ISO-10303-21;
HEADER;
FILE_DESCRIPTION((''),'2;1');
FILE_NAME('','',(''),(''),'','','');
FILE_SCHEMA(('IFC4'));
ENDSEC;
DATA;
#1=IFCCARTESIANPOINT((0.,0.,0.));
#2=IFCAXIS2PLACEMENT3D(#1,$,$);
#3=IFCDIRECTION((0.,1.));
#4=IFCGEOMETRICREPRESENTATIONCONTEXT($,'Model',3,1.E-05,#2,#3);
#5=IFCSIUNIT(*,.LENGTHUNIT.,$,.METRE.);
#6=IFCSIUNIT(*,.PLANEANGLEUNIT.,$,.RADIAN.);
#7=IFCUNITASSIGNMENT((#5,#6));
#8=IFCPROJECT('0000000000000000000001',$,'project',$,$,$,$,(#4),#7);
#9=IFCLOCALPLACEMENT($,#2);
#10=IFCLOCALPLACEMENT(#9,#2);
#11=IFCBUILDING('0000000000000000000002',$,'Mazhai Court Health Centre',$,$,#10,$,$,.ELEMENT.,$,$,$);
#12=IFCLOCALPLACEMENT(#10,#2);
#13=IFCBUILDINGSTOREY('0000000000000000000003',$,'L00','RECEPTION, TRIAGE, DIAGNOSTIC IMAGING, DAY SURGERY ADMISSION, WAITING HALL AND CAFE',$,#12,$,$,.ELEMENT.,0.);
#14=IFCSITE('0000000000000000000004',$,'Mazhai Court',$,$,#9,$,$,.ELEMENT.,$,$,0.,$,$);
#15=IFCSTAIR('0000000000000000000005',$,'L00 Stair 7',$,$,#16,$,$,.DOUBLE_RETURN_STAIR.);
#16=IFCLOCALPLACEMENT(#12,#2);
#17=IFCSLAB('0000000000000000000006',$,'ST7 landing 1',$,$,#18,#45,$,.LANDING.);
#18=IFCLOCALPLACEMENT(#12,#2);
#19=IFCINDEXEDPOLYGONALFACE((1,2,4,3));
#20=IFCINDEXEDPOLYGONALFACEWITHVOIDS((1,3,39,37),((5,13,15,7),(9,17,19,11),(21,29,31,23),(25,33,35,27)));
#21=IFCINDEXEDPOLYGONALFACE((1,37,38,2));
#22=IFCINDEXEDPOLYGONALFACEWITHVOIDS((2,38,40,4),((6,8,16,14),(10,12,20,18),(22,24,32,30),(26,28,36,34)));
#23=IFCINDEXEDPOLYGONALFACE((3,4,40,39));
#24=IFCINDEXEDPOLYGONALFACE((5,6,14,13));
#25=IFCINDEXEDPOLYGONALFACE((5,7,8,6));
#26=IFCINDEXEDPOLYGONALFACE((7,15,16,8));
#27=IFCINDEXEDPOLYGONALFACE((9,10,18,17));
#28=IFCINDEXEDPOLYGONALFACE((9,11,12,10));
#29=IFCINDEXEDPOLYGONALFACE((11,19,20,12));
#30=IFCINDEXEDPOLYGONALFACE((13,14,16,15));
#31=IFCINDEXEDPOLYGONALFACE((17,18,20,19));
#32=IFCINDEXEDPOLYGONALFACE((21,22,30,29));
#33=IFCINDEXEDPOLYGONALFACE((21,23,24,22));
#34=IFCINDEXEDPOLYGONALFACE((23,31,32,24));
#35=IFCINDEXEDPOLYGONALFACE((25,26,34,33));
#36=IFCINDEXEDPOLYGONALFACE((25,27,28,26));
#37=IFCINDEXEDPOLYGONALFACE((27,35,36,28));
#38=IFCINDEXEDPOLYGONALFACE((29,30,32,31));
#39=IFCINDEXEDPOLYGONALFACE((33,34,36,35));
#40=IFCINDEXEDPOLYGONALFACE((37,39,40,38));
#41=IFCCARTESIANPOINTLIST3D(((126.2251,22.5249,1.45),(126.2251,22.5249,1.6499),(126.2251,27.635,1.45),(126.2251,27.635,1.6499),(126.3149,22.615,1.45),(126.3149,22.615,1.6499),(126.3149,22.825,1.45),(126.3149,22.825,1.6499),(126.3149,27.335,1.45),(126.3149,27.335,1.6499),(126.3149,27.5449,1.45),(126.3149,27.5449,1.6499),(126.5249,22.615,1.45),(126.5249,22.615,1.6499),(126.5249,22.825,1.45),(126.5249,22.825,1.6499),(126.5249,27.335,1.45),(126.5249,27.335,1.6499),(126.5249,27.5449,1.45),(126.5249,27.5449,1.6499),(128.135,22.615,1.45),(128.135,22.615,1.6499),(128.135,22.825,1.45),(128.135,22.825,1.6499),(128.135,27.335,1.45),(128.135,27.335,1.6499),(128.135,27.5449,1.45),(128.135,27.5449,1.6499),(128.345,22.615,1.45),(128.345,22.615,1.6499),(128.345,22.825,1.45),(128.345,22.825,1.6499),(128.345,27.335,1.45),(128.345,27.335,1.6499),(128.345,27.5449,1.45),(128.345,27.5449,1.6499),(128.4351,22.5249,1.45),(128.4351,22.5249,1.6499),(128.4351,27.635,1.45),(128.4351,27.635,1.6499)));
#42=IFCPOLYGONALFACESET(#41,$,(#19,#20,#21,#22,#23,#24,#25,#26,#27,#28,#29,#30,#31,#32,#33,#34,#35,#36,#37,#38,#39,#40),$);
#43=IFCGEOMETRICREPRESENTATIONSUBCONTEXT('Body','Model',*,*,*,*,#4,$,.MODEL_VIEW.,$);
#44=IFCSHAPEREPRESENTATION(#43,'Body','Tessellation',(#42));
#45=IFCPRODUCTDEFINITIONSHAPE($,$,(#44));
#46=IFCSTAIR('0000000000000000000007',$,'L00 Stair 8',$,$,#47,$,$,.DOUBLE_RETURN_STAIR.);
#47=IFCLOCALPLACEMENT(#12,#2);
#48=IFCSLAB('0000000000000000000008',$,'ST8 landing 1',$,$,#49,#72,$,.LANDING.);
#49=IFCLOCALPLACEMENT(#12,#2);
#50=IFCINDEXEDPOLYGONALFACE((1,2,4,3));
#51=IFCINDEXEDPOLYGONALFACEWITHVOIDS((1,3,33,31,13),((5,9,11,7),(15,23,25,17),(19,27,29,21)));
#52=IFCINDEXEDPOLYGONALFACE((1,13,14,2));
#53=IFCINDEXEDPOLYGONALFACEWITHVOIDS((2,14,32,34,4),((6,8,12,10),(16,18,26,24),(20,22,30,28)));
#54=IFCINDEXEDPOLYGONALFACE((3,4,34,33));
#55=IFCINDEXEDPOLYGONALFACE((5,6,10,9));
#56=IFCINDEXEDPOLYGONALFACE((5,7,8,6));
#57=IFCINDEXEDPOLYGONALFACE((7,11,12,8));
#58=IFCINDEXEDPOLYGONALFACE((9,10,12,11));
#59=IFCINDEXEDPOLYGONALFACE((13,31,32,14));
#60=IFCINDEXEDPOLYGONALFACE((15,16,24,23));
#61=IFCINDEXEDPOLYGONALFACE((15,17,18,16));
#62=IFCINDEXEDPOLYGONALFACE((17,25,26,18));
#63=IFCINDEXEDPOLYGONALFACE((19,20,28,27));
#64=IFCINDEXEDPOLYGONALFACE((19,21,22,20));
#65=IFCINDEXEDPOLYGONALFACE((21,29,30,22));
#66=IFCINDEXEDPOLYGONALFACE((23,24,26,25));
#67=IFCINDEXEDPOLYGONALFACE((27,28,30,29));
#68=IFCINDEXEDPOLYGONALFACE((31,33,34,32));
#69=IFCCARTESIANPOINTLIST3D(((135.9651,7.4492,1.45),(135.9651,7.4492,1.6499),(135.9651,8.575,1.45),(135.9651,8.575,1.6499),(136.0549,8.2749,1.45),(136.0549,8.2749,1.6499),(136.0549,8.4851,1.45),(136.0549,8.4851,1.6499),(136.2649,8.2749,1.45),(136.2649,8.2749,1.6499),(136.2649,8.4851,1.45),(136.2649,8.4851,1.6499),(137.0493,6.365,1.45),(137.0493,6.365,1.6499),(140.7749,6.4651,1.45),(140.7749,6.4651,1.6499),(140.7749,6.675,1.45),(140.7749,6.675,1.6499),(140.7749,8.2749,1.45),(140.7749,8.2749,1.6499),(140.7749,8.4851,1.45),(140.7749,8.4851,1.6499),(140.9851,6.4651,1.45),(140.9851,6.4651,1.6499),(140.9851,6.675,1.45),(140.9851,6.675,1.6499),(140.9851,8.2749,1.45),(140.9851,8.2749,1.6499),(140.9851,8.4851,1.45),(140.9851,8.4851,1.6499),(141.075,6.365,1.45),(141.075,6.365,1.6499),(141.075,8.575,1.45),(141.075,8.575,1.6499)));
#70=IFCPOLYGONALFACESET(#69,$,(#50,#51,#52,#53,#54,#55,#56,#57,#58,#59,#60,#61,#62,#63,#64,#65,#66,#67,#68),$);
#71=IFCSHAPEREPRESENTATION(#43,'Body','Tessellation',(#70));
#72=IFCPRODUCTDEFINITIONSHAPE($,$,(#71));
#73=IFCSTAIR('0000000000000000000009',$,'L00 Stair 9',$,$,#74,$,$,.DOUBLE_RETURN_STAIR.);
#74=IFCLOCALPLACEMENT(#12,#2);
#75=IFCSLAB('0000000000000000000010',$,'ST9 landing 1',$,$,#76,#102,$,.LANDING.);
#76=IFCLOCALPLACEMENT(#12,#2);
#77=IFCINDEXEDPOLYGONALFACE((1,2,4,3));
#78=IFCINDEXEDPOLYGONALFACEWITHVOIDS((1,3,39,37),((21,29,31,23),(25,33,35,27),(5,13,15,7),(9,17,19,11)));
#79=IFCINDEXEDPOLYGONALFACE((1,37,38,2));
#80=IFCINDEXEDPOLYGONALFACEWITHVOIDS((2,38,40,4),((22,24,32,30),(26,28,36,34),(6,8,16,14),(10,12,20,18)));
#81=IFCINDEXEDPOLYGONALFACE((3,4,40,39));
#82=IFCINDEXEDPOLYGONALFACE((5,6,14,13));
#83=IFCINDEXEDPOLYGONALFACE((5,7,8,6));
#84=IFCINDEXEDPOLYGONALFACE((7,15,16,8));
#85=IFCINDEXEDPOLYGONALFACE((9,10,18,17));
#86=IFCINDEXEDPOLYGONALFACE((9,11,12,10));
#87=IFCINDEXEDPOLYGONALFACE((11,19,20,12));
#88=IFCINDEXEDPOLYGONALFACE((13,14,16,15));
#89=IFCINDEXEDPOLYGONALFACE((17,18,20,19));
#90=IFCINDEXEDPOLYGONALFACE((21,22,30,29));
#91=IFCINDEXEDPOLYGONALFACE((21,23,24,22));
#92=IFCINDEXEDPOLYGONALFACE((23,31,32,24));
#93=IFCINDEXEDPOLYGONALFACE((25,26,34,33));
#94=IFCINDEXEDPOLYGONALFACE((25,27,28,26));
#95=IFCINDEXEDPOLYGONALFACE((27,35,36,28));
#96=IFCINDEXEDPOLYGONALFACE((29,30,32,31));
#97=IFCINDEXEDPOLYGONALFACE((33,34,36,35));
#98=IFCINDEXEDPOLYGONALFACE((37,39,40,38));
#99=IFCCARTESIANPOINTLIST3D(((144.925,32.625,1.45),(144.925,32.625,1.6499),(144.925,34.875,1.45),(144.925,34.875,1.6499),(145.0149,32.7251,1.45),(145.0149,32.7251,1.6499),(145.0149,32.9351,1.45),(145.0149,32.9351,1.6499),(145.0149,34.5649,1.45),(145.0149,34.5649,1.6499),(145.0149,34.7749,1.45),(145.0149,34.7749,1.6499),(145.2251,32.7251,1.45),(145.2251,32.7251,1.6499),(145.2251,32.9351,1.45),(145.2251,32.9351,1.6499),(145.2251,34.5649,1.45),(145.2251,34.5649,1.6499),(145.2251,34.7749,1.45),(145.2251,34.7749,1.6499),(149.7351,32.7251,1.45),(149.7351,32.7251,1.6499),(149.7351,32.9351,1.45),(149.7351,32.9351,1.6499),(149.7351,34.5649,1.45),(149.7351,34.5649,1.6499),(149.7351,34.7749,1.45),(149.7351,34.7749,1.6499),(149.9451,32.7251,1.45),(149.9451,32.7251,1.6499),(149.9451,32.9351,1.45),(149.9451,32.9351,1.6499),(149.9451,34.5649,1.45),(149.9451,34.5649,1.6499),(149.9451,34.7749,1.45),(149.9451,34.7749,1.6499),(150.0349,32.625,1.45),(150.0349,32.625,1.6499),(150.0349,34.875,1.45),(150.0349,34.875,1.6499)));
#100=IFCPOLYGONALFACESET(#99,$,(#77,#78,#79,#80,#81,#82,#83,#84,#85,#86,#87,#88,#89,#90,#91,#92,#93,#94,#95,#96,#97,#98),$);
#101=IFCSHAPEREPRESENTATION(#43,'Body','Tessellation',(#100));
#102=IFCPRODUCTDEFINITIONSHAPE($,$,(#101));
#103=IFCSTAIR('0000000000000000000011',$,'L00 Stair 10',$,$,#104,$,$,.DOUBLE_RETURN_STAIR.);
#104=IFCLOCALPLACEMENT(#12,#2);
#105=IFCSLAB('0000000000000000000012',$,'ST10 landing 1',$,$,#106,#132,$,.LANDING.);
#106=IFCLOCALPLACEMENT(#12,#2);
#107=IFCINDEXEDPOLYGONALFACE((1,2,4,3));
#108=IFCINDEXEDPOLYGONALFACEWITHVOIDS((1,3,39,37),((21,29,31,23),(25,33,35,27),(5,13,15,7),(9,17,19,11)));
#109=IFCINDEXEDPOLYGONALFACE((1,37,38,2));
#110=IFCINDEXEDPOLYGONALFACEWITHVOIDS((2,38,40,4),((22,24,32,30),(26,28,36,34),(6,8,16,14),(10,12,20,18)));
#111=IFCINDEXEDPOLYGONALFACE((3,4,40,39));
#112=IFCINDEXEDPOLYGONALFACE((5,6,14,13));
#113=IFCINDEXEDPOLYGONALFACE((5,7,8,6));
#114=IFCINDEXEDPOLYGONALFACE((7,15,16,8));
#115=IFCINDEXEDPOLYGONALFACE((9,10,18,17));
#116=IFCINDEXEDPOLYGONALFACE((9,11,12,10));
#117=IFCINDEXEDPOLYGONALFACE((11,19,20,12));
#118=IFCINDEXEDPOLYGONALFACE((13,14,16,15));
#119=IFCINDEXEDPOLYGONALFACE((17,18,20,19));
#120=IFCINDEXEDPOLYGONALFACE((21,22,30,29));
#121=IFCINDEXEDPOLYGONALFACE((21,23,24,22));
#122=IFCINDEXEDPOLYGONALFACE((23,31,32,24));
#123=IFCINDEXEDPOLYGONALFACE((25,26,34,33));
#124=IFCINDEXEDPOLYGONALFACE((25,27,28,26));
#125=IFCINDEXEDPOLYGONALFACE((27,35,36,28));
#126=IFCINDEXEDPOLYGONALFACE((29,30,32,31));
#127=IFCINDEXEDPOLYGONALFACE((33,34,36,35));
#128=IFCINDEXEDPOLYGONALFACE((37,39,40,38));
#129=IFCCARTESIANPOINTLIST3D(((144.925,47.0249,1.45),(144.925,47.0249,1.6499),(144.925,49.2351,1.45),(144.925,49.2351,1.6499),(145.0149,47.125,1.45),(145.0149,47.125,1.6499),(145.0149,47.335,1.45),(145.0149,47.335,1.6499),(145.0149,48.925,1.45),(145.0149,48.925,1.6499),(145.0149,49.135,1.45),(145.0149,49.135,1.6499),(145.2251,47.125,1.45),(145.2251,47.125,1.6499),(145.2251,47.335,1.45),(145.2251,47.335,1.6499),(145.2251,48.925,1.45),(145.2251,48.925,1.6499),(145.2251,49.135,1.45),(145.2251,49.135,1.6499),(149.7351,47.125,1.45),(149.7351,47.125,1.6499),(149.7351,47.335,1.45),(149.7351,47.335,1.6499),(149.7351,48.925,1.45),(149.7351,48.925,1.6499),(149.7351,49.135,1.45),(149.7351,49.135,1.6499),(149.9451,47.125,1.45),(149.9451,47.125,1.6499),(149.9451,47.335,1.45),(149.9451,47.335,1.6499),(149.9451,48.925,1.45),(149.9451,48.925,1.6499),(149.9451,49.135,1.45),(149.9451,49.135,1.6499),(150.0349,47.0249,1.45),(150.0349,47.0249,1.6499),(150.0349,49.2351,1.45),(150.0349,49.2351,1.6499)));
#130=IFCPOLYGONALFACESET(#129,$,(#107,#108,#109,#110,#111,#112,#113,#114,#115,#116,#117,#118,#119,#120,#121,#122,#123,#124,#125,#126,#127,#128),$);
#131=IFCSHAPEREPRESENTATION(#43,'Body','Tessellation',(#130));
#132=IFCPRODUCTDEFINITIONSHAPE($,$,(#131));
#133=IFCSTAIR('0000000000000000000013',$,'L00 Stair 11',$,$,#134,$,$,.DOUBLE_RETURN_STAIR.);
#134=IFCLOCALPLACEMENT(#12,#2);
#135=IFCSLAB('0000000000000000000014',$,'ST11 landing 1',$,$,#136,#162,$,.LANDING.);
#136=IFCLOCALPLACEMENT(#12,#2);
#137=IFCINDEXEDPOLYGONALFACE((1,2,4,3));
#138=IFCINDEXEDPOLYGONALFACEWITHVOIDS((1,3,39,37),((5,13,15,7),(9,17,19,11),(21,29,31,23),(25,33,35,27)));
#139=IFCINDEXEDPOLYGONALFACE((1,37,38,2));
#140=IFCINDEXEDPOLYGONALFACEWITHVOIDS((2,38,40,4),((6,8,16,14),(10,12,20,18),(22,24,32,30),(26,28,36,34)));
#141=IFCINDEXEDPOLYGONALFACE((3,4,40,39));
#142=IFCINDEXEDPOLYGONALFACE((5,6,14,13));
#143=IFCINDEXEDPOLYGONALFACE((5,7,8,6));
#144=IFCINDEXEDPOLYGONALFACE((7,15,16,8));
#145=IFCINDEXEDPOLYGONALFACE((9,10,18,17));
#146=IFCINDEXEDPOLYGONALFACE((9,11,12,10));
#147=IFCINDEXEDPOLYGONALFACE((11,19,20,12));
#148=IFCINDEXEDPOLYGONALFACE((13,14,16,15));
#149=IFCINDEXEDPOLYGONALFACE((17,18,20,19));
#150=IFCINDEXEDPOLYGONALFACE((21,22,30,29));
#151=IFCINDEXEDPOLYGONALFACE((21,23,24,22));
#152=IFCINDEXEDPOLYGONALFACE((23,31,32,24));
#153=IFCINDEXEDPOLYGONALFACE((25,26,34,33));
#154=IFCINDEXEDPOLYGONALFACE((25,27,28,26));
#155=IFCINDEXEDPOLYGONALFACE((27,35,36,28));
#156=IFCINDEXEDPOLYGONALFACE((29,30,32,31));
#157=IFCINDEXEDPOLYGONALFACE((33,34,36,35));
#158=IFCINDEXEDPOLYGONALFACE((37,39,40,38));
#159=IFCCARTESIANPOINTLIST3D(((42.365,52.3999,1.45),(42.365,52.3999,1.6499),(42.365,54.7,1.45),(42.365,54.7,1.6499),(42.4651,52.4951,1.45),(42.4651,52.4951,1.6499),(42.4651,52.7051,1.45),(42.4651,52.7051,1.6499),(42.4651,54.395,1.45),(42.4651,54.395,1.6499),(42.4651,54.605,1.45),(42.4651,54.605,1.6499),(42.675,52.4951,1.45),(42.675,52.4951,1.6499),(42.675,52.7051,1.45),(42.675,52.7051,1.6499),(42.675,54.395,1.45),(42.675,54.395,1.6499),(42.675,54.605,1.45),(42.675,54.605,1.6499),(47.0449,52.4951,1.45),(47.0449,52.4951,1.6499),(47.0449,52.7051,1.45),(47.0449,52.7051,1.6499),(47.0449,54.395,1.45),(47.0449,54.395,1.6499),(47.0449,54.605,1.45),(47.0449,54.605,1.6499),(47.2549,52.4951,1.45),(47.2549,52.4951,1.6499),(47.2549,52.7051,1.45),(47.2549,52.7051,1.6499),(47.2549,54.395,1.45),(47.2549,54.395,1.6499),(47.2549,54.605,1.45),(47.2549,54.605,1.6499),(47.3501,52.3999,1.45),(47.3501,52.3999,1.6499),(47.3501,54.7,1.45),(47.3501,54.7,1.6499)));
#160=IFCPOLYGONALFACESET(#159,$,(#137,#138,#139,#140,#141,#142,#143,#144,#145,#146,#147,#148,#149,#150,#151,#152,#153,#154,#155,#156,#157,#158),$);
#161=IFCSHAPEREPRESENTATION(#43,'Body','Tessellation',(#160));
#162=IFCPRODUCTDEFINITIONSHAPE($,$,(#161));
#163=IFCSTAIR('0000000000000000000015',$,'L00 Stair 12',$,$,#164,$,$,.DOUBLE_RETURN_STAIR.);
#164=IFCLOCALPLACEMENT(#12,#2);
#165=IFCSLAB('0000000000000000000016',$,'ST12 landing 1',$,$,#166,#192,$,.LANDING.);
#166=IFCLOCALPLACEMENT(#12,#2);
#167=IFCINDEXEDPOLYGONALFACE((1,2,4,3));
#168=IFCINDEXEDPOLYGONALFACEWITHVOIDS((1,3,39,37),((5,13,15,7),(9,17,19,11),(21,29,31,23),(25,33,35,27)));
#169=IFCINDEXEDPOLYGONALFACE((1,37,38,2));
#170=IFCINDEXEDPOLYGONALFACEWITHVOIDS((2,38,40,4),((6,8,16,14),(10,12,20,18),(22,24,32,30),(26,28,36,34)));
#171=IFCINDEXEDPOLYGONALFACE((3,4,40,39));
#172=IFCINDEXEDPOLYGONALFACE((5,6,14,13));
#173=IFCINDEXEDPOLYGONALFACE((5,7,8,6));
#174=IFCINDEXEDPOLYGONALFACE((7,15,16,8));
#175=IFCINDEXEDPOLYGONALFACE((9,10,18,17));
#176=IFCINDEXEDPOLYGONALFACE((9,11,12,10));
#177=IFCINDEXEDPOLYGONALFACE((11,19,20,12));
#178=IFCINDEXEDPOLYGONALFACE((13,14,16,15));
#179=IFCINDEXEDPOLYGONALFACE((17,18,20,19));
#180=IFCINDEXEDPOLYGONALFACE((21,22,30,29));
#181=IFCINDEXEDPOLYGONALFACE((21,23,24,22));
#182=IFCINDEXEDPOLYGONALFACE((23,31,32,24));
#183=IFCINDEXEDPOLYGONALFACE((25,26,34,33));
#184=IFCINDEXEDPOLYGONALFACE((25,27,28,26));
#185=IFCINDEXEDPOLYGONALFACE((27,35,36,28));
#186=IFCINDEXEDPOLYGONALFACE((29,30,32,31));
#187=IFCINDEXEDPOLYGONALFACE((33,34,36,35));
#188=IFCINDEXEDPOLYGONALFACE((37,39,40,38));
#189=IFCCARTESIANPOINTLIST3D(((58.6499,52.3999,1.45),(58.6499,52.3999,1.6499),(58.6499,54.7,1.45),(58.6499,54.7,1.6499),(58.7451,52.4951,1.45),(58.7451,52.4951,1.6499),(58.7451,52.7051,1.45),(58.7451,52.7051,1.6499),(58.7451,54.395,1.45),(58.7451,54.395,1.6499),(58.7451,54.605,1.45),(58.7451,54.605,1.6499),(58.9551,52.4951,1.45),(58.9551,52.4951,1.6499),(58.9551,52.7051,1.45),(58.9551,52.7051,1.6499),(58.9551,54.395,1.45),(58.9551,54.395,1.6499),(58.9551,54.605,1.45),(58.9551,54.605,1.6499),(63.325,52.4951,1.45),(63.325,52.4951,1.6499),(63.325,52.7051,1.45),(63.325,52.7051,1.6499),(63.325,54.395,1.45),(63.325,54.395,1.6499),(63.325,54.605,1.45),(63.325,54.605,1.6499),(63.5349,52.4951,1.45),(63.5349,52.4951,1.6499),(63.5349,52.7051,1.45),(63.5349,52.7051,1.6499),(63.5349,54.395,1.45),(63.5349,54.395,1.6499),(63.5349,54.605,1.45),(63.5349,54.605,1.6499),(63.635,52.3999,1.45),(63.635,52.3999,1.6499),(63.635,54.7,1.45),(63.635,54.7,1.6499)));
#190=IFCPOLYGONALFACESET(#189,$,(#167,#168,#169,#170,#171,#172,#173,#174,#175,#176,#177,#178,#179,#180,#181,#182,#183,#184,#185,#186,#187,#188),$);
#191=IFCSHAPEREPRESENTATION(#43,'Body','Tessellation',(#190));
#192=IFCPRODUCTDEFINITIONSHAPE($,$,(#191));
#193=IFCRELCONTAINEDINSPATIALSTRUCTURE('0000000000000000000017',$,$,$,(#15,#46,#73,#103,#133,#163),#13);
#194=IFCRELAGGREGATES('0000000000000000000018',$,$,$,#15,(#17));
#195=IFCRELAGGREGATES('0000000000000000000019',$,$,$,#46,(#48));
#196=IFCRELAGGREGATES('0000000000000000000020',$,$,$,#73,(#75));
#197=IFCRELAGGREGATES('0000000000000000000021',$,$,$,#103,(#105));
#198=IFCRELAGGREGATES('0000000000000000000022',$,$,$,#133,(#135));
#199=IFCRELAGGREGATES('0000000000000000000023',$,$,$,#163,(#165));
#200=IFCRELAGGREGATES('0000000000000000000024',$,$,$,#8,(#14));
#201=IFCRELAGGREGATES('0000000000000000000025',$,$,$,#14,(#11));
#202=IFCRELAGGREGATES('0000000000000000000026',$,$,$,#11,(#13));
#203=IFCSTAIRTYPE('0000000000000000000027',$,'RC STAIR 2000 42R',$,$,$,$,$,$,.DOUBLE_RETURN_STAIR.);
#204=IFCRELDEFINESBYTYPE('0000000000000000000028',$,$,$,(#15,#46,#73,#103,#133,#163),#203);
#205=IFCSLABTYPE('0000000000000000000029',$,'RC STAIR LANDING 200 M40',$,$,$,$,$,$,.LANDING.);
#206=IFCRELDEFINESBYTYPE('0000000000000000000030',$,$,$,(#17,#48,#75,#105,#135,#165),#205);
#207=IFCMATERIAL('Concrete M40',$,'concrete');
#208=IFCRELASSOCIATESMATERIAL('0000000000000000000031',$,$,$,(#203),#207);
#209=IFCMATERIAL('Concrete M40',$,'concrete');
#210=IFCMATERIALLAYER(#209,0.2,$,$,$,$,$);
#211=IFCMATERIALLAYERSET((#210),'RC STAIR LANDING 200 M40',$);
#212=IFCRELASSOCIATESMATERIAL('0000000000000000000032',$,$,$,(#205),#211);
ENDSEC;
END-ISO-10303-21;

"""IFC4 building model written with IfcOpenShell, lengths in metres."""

from ifc_helpers import new_model, si_unit, direction, frame, origin, place, context, subcontext, project, spatial, polyline, outline, extrude, material, layer, layer_set, type_object, element, aggregate, save


model = new_model("IFC4")

# Units and contexts
model_context = context("Model", 3, precision=1e-05, world=origin(), true_north=direction((0.0, 1.0)))
body_context = subcontext(model_context, "Body", "Model", "MODEL_VIEW")
ifc_project = project(units=[si_unit("LENGTHUNIT", "METRE"), si_unit("PLANEANGLEUNIT", "RADIAN")], contexts=[model_context])

# Site, building, storey
site_placement = place(None, origin())
site = spatial("IfcSite", under=ifc_project, at=site_placement, Name="Mazhai Court", CompositionType="ELEMENT", RefElevation=0.0)
building_placement = place(site_placement, origin())
building = spatial("IfcBuilding", under=site, at=building_placement, Name="Mazhai Court Health Centre", CompositionType="ELEMENT")
storey_placement = place(building_placement, origin())
storey = spatial("IfcBuildingStorey", under=building, at=storey_placement, Name="L00", Description="RECEPTION, TRIAGE, DIAGNOSTIC IMAGING, DAY SURGERY ADMISSION, WAITING HALL AND CAFE", CompositionType="ELEMENT", Elevation=0.0)

# Stairs, slabs
ifc_material_1 = material(Name="Concrete M40", Category="concrete")
stair_type_1 = type_object("IfcStairType", Name="RC STAIR 2000 42R", PredefinedType="DOUBLE_RETURN_STAIR", material=ifc_material_1)
ifc_material_2 = material(Name="Concrete M40", Category="concrete")
ifc_layer_1 = layer(ifc_material_2, 0.2)
ifc_layer_set_1 = layer_set([ifc_layer_1], Name="RC STAIR LANDING 200 M40")
slab_type = type_object("IfcSlabType", Name="RC STAIR LANDING 200 M40", PredefinedType="LANDING", material=ifc_layer_set_1)
stair_1_placement = place(storey_placement, origin())
stair_1 = element("IfcStair", 1, at=stair_1_placement, inside=storey, type_object=stair_type_1, Name="L00 Stair 7", PredefinedType="DOUBLE_RETURN_STAIR")
slab_1_placement = place(storey_placement, frame((0.0, 0.0, 1.45)))
slab_1 = element("IfcSlab", 2, at=slab_1_placement, type_object=slab_type, Name="ST7 landing 1", PredefinedType="LANDING", context=body_context, shape_type="SweptSolid", body=[
    extrude(outline(polyline([(126.2251, 22.5249), (128.4351, 22.5249), (128.4351, 27.635), (126.2251, 27.635), (126.2251, 22.5249)]), holes=[polyline([(126.3149, 22.615), (126.5249, 22.615), (126.5249, 22.825), (126.3149, 22.825), (126.3149, 22.615)]), polyline([(126.3149, 27.335), (126.5249, 27.335), (126.5249, 27.5449), (126.3149, 27.5449), (126.3149, 27.335)]), polyline([(128.135, 22.615), (128.345, 22.615), (128.345, 22.825), (128.135, 22.825), (128.135, 22.615)]), polyline([(128.135, 27.335), (128.345, 27.335), (128.345, 27.5449), (128.135, 27.5449), (128.135, 27.335)])]), origin(), (0.0, 0.0, 1.0), 0.2),
])
aggregate(stair_1, [slab_1])
stair_2_placement = place(storey_placement, origin())
stair_2 = element("IfcStair", 3, at=stair_2_placement, inside=storey, type_object=stair_type_1, Name="L00 Stair 8", PredefinedType="DOUBLE_RETURN_STAIR")
slab_2_placement = place(storey_placement, frame((0.0, 0.0, 1.45)))
slab_2 = element("IfcSlab", 4, at=slab_2_placement, type_object=slab_type, Name="ST8 landing 1", PredefinedType="LANDING", context=body_context, shape_type="SweptSolid", body=[
    extrude(outline(polyline([(141.075, 8.575), (141.075, 6.365), (137.0493, 6.365), (135.9651, 7.4492), (135.9651, 8.575), (141.075, 8.575)]), holes=[polyline([(136.0549, 8.2749), (136.2649, 8.2749), (136.2649, 8.4851), (136.0549, 8.4851), (136.0549, 8.2749)]), polyline([(140.7749, 6.4651), (140.9851, 6.4651), (140.9851, 6.675), (140.7749, 6.675), (140.7749, 6.4651)]), polyline([(140.7749, 8.2749), (140.9851, 8.2749), (140.9851, 8.4851), (140.7749, 8.4851), (140.7749, 8.2749)])]), origin(), (0.0, 0.0, 1.0), 0.2),
])
aggregate(stair_2, [slab_2])
stair_3_placement = place(storey_placement, origin())
stair_3 = element("IfcStair", 5, at=stair_3_placement, inside=storey, type_object=stair_type_1, Name="L00 Stair 9", PredefinedType="DOUBLE_RETURN_STAIR")
slab_3_placement = place(storey_placement, frame((0.0, 0.0, 1.45)))
slab_3 = element("IfcSlab", 6, at=slab_3_placement, type_object=slab_type, Name="ST9 landing 1", PredefinedType="LANDING", context=body_context, shape_type="SweptSolid", body=[
    extrude(outline(polyline([(150.0349, 32.625), (150.0349, 34.875), (144.925, 34.875), (144.925, 32.625), (150.0349, 32.625)]), holes=[polyline([(145.0149, 32.7251), (145.2251, 32.7251), (145.2251, 32.9351), (145.0149, 32.9351), (145.0149, 32.7251)]), polyline([(145.0149, 34.5649), (145.2251, 34.5649), (145.2251, 34.7749), (145.0149, 34.7749), (145.0149, 34.5649)]), polyline([(149.7351, 32.7251), (149.9451, 32.7251), (149.9451, 32.9351), (149.7351, 32.9351), (149.7351, 32.7251)]), polyline([(149.7351, 34.5649), (149.9451, 34.5649), (149.9451, 34.7749), (149.7351, 34.7749), (149.7351, 34.5649)])]), origin(), (0.0, 0.0, 1.0), 0.2),
])
aggregate(stair_3, [slab_3])
stair_4_placement = place(storey_placement, origin())
stair_4 = element("IfcStair", 7, at=stair_4_placement, inside=storey, type_object=stair_type_1, Name="L00 Stair 10", PredefinedType="DOUBLE_RETURN_STAIR")
slab_4_placement = place(storey_placement, frame((0.0, 0.0, 1.45)))
slab_4 = element("IfcSlab", 8, at=slab_4_placement, type_object=slab_type, Name="ST10 landing 1", PredefinedType="LANDING", context=body_context, shape_type="SweptSolid", body=[
    extrude(outline(polyline([(150.0349, 47.0249), (150.0349, 49.2351), (144.925, 49.2351), (144.925, 47.0249), (150.0349, 47.0249)]), holes=[polyline([(145.0149, 47.125), (145.2251, 47.125), (145.2251, 47.335), (145.0149, 47.335), (145.0149, 47.125)]), polyline([(145.0149, 48.925), (145.2251, 48.925), (145.2251, 49.135), (145.0149, 49.135), (145.0149, 48.925)]), polyline([(149.7351, 47.125), (149.9451, 47.125), (149.9451, 47.335), (149.7351, 47.335), (149.7351, 47.125)]), polyline([(149.7351, 48.925), (149.9451, 48.925), (149.9451, 49.135), (149.7351, 49.135), (149.7351, 48.925)])]), origin(), (0.0, 0.0, 1.0), 0.2),
])
aggregate(stair_4, [slab_4])
stair_5_placement = place(storey_placement, origin())
stair_5 = element("IfcStair", 9, at=stair_5_placement, inside=storey, type_object=stair_type_1, Name="L00 Stair 11", PredefinedType="DOUBLE_RETURN_STAIR")
slab_5_placement = place(storey_placement, frame((0.0, 0.0, 1.45)))
slab_5 = element("IfcSlab", 10, at=slab_5_placement, type_object=slab_type, Name="ST11 landing 1", PredefinedType="LANDING", context=body_context, shape_type="SweptSolid", body=[
    extrude(outline(polyline([(47.3501, 52.3999), (47.3501, 54.7), (42.365, 54.7), (42.365, 52.3999), (47.3501, 52.3999)]), holes=[polyline([(42.4651, 52.4951), (42.675, 52.4951), (42.675, 52.7051), (42.4651, 52.7051), (42.4651, 52.4951)]), polyline([(42.4651, 54.395), (42.675, 54.395), (42.675, 54.605), (42.4651, 54.605), (42.4651, 54.395)]), polyline([(47.0449, 52.4951), (47.2549, 52.4951), (47.2549, 52.7051), (47.0449, 52.7051), (47.0449, 52.4951)]), polyline([(47.0449, 54.395), (47.2549, 54.395), (47.2549, 54.605), (47.0449, 54.605), (47.0449, 54.395)])]), origin(), (0.0, 0.0, 1.0), 0.2),
])
aggregate(stair_5, [slab_5])
stair_6_placement = place(storey_placement, origin())
stair_6 = element("IfcStair", 11, at=stair_6_placement, inside=storey, type_object=stair_type_1, Name="L00 Stair 12", PredefinedType="DOUBLE_RETURN_STAIR")
slab_6_placement = place(storey_placement, frame((0.0, 0.0, 1.45)))
slab_6 = element("IfcSlab", 12, at=slab_6_placement, type_object=slab_type, Name="ST12 landing 1", PredefinedType="LANDING", context=body_context, shape_type="SweptSolid", body=[
    extrude(outline(polyline([(63.635, 52.3999), (63.635, 54.7), (58.6499, 54.7), (58.6499, 52.3999), (63.635, 52.3999)]), holes=[polyline([(58.7451, 52.4951), (58.9551, 52.4951), (58.9551, 52.7051), (58.7451, 52.7051), (58.7451, 52.4951)]), polyline([(58.7451, 54.395), (58.9551, 54.395), (58.9551, 54.605), (58.7451, 54.605), (58.7451, 54.395)]), polyline([(63.325, 52.4951), (63.5349, 52.4951), (63.5349, 52.7051), (63.325, 52.7051), (63.325, 52.4951)]), polyline([(63.325, 54.395), (63.5349, 54.395), (63.5349, 54.605), (63.325, 54.605), (63.325, 54.395)])]), origin(), (0.0, 0.0, 1.0), 0.2),
])
aggregate(stair_6, [slab_6])

save(model, "model.ifc")
